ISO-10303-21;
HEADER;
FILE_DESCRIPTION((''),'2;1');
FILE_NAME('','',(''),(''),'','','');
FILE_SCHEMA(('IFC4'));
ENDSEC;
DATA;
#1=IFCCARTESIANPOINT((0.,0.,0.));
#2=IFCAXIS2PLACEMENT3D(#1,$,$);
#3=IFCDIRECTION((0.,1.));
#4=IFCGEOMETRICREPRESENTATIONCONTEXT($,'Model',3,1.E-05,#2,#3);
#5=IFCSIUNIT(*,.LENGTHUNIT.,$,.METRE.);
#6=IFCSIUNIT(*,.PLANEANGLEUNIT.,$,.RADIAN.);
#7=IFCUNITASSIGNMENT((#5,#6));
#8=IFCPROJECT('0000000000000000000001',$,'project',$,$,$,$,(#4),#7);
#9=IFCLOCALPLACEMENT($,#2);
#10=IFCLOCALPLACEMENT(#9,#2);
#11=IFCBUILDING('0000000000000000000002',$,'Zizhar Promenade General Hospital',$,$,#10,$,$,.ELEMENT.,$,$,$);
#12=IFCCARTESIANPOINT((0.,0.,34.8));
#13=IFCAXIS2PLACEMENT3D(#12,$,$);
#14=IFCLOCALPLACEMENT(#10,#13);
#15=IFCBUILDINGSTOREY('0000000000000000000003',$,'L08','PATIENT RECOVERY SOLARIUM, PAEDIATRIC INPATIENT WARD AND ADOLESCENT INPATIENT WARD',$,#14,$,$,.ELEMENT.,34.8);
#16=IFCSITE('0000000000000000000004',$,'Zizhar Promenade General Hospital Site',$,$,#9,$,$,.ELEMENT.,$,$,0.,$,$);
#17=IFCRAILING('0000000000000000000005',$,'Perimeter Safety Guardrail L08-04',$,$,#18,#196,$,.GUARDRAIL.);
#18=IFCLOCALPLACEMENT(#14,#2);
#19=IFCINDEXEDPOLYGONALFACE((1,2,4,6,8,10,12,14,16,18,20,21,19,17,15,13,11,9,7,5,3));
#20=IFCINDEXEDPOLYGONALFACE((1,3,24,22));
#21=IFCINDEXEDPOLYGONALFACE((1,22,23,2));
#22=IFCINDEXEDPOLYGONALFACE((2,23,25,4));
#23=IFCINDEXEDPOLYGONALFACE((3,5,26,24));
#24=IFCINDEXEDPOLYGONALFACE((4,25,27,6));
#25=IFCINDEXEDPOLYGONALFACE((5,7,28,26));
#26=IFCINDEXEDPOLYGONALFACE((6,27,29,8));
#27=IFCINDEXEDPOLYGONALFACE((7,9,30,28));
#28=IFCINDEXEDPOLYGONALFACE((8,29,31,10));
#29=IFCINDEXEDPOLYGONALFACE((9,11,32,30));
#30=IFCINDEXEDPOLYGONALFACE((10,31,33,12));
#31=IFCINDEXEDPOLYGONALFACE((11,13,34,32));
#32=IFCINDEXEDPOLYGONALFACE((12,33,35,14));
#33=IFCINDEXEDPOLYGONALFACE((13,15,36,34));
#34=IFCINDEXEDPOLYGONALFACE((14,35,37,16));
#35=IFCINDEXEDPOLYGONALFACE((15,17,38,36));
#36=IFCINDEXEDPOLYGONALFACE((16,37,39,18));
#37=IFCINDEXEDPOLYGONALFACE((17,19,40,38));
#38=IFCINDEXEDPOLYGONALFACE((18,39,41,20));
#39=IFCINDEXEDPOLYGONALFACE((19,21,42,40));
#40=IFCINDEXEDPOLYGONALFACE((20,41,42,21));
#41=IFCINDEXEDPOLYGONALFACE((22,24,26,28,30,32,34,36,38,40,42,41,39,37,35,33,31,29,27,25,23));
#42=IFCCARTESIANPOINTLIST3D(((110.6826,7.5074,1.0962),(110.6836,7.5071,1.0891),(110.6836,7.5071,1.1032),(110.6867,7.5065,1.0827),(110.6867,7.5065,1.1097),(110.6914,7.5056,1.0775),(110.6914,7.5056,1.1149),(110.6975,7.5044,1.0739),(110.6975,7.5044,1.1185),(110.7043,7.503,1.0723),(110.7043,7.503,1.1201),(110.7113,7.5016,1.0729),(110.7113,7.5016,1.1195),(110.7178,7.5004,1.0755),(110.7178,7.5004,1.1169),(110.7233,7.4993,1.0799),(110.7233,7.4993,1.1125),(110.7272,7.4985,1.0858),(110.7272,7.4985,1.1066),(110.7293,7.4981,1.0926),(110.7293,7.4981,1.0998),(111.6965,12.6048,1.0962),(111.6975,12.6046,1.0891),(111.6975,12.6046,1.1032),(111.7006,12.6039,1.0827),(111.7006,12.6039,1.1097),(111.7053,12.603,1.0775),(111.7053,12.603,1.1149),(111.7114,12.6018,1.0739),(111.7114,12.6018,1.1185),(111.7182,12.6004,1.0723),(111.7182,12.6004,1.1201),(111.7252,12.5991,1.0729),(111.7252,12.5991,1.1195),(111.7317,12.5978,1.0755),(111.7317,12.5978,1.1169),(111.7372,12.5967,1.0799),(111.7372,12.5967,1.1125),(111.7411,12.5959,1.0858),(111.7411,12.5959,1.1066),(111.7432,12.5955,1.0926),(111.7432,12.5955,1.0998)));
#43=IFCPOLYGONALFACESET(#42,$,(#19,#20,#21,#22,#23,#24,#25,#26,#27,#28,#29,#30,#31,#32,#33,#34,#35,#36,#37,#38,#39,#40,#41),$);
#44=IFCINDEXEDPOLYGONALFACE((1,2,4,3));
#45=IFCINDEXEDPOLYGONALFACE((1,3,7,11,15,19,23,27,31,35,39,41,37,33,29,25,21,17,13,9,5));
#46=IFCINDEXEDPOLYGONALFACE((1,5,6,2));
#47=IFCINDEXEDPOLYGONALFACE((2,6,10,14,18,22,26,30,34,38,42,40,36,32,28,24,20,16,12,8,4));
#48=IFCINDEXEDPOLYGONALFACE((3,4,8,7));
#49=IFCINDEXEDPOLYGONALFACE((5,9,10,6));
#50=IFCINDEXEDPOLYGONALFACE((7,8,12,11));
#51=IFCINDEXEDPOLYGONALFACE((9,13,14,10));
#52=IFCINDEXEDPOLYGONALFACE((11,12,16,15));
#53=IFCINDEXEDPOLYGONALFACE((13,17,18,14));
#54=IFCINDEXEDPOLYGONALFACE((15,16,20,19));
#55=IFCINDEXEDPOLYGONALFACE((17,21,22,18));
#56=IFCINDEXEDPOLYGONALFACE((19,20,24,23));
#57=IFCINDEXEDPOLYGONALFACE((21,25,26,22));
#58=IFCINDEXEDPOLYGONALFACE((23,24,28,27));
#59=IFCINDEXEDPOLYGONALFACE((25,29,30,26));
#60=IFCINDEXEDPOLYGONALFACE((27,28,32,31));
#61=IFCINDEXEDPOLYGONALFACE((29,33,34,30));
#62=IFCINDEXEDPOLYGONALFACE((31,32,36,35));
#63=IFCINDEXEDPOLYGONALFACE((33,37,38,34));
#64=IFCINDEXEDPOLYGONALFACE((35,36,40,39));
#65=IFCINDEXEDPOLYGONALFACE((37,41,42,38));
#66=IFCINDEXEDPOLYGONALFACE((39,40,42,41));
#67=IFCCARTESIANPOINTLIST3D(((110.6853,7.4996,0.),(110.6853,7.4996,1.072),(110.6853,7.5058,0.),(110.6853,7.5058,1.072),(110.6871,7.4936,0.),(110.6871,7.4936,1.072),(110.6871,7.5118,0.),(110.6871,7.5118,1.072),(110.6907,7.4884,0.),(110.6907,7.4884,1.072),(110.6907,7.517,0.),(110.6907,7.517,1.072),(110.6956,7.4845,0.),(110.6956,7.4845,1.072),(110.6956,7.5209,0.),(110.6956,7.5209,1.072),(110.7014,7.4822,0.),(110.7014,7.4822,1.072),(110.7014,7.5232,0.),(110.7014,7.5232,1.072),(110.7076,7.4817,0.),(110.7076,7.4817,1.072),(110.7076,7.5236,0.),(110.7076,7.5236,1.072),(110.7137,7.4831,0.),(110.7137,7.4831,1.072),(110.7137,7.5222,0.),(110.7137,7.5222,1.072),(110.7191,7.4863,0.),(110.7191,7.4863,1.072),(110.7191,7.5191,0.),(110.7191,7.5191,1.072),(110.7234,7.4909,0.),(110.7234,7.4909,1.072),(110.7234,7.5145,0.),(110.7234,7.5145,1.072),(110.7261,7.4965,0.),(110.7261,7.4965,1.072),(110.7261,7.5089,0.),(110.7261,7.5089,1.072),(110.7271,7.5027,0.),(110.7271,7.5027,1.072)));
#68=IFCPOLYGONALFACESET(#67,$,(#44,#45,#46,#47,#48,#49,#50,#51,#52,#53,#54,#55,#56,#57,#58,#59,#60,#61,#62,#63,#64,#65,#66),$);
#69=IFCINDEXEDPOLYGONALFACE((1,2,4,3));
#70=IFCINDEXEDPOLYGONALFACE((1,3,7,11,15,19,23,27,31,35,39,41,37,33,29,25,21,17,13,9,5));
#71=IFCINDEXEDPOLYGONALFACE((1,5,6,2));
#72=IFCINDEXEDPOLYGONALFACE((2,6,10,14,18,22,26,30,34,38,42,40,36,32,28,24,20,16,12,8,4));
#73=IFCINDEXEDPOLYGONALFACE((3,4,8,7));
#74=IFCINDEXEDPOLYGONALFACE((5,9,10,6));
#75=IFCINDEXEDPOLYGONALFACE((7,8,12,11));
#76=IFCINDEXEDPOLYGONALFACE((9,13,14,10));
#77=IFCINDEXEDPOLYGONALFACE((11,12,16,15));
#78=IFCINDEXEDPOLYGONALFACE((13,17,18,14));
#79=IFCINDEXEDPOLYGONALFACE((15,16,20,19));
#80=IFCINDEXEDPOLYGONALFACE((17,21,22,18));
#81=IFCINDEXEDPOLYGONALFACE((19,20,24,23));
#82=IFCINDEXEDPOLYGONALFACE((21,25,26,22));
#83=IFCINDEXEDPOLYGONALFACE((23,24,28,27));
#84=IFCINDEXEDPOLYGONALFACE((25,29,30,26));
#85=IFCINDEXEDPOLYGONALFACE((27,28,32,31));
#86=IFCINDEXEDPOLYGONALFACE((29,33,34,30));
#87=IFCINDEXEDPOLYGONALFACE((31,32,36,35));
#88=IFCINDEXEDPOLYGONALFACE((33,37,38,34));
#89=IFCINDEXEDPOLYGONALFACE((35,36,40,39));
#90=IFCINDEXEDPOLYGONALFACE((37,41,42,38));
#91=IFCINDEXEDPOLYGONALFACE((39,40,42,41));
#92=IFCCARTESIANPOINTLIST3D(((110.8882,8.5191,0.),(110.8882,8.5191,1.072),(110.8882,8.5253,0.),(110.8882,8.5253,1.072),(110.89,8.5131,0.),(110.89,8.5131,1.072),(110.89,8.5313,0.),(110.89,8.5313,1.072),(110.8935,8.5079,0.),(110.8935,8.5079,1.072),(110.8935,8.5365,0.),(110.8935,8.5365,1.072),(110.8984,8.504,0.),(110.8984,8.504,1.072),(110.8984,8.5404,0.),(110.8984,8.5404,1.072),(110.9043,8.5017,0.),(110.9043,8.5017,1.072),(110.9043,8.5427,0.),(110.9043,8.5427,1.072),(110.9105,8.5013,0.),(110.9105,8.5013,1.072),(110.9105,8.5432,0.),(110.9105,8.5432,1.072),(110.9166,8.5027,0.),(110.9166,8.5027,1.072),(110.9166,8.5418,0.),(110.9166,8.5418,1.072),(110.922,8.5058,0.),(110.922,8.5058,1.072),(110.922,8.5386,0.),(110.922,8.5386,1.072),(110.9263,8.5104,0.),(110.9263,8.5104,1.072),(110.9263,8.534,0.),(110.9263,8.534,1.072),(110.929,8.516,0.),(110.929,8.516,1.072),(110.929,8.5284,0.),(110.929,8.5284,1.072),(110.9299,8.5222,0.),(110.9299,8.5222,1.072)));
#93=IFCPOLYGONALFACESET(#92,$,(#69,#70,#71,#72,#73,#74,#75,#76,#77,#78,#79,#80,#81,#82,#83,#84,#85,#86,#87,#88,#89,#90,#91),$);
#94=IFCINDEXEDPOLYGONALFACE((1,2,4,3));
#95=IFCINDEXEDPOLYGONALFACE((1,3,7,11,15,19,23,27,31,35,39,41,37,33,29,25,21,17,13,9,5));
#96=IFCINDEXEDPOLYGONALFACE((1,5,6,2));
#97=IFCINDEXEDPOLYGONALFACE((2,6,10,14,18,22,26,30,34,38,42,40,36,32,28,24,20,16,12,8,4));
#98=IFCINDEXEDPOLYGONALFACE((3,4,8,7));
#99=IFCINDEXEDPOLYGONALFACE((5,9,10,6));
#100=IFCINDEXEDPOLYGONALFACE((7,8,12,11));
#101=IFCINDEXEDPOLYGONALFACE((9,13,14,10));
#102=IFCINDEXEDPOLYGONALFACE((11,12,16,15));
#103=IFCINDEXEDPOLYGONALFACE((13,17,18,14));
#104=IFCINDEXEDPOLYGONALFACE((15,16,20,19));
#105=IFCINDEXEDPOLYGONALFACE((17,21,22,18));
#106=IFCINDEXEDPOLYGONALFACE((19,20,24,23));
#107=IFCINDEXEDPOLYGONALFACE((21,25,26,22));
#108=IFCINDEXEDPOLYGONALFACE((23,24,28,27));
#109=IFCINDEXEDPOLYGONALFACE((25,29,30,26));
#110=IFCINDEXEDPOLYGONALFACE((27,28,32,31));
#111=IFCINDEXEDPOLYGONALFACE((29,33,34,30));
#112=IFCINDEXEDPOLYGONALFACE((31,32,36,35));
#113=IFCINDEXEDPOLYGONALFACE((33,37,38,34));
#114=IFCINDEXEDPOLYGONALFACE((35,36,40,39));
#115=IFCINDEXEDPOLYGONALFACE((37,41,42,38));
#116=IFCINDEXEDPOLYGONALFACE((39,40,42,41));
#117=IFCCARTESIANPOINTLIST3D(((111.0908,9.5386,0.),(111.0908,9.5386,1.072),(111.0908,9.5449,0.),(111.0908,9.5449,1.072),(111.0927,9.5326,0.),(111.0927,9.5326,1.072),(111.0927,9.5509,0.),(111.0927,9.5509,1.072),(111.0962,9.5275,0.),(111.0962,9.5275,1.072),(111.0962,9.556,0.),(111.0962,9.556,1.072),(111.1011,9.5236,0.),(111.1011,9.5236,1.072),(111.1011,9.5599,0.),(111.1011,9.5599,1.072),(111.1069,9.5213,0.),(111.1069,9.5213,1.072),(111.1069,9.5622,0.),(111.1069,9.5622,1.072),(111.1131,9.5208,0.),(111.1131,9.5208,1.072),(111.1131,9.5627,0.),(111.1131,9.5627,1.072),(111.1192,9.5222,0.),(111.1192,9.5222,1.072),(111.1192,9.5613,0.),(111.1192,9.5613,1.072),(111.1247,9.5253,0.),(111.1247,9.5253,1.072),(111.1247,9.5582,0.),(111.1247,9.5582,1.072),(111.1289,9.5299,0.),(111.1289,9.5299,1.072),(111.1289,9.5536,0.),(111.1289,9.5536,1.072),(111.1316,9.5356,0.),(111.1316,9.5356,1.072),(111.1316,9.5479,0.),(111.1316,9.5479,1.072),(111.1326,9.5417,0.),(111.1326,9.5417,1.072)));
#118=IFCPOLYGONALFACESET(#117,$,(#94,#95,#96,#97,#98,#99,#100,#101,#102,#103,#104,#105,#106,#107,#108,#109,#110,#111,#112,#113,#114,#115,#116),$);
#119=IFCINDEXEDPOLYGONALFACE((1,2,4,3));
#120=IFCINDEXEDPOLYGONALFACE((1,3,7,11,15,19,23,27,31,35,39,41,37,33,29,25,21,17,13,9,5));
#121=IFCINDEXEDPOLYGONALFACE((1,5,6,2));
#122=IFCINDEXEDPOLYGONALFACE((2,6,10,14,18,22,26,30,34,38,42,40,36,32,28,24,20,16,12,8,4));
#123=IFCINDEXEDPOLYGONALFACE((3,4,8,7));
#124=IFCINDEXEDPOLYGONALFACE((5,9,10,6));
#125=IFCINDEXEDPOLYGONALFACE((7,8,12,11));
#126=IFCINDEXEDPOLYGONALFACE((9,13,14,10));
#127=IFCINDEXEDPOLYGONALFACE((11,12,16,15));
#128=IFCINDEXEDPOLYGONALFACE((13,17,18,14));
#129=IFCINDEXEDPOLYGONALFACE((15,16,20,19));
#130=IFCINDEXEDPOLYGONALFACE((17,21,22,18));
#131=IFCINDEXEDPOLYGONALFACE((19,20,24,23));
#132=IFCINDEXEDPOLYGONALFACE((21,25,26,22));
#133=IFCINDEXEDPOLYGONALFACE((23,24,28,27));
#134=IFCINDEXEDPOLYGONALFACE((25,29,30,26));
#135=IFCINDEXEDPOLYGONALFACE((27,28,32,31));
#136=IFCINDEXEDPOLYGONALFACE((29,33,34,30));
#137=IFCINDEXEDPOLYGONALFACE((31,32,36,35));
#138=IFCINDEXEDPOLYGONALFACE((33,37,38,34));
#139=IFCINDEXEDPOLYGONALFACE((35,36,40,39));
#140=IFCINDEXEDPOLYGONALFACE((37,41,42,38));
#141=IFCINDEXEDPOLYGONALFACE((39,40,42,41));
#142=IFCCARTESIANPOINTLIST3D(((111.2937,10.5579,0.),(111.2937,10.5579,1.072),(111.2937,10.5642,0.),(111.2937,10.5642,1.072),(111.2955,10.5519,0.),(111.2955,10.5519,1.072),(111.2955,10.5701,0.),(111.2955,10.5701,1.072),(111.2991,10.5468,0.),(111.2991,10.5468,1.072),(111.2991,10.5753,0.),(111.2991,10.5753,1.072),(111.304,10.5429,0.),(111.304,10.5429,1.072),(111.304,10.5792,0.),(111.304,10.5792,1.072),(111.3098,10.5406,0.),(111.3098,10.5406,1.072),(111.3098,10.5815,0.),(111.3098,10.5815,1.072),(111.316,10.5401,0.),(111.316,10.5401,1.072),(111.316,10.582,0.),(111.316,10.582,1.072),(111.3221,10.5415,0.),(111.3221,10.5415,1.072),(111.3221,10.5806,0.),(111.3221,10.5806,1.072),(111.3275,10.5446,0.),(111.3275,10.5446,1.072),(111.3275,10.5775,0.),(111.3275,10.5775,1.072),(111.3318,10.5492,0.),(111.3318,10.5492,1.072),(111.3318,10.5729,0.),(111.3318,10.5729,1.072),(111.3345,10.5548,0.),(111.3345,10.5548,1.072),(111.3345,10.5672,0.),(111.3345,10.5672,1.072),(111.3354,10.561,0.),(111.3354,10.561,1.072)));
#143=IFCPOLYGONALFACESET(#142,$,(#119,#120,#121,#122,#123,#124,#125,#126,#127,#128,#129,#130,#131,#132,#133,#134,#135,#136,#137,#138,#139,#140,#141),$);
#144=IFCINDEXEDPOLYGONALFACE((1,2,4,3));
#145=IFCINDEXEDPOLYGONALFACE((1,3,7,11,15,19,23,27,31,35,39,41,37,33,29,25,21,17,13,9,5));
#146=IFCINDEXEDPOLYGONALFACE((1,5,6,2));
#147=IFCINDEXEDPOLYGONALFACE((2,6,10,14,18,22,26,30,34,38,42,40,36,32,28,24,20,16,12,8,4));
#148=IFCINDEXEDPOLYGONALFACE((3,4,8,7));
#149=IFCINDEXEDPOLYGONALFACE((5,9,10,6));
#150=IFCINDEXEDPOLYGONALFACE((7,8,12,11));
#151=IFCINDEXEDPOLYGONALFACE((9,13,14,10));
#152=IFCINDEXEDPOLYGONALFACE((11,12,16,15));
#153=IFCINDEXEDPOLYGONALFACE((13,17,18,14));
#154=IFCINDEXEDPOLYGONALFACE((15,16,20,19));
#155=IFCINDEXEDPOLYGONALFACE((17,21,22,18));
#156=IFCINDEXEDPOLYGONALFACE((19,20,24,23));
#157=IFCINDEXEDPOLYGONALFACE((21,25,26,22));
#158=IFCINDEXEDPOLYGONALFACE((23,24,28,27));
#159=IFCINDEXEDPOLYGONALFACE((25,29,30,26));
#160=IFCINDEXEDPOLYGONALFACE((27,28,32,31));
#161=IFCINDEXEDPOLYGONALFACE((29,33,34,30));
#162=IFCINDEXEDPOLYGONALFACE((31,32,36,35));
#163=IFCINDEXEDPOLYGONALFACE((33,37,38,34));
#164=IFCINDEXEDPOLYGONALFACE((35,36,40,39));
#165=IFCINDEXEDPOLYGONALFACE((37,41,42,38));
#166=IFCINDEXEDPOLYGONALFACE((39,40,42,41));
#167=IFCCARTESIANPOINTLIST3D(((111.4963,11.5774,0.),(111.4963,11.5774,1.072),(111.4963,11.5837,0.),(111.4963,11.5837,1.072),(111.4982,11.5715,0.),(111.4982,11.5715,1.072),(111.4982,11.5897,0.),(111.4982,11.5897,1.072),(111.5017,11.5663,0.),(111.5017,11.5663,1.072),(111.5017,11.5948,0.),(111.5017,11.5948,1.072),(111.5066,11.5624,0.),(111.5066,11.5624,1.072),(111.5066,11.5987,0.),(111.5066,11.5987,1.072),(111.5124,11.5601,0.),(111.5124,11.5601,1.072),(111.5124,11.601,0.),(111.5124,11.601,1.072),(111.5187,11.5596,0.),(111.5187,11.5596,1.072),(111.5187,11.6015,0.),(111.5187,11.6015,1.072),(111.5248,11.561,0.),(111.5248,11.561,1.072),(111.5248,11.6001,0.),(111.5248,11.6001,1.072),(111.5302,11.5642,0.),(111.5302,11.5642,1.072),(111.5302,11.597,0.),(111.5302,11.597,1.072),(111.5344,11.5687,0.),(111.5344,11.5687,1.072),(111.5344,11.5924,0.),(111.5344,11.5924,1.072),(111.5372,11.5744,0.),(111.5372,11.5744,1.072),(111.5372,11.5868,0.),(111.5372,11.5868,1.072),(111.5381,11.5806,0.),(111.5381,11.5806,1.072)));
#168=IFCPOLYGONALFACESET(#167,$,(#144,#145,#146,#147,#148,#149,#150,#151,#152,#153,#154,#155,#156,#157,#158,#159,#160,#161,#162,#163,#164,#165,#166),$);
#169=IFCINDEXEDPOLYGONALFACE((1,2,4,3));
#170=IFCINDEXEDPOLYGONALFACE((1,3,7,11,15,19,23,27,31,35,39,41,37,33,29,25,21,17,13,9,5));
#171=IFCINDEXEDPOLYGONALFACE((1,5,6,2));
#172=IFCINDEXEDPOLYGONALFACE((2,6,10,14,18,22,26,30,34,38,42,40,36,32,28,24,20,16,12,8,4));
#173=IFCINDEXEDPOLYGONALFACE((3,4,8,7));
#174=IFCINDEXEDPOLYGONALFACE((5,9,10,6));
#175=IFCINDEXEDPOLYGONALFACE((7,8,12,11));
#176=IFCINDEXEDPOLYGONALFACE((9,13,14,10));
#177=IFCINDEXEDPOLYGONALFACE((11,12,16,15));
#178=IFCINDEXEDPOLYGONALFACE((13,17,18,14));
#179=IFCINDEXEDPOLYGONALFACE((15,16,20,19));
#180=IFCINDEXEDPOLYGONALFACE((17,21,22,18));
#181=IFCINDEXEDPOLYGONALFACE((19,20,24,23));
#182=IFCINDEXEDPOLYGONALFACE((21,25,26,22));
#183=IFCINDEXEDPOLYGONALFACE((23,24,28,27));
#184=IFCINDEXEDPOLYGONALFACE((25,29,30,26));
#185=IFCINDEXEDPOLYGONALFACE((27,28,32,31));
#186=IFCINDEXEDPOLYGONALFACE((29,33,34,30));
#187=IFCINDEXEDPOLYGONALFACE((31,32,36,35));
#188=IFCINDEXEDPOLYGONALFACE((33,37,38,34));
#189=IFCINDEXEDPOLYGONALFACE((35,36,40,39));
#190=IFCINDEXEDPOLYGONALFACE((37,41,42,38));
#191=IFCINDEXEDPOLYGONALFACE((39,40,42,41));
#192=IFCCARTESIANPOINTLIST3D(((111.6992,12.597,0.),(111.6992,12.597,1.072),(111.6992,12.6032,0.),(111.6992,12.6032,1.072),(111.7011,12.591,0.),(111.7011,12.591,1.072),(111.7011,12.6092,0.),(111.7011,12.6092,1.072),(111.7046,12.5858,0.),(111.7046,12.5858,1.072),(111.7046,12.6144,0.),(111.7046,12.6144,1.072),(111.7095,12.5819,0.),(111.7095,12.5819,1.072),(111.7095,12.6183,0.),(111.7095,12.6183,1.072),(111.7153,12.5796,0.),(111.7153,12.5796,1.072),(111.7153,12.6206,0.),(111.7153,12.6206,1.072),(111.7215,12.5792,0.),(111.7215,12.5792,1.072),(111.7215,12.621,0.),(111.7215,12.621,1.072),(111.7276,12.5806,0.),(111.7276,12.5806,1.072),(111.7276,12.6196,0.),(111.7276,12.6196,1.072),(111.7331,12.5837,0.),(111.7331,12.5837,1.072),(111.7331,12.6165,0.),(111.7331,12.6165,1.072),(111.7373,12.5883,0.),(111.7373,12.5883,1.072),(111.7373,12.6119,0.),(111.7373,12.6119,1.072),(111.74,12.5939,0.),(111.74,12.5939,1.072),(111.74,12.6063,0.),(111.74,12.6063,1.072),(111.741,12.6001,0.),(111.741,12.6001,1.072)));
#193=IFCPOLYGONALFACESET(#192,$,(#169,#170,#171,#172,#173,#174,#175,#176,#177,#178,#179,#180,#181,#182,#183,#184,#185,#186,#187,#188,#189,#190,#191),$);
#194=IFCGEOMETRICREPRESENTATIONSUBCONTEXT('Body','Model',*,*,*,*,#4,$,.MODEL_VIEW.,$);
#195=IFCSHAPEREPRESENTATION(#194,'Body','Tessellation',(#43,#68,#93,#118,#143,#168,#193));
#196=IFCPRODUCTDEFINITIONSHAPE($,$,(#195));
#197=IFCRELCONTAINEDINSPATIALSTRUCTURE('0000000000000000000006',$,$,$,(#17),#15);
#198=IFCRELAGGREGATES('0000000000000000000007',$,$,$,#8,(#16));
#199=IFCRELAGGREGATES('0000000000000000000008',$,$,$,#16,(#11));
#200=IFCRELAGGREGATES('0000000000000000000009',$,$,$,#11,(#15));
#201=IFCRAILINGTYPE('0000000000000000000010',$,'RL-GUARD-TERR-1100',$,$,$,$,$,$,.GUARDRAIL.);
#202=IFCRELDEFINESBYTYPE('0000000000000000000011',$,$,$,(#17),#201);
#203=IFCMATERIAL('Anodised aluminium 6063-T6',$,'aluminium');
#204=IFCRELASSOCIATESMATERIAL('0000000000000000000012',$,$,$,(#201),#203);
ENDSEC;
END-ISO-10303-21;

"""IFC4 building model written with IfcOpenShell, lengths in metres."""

from ifc_helpers import new_model, si_unit, direction, frame, origin, origin_2d, place, context, subcontext, project, spatial, circle, hollow_circle, extrude, material, material_profile, profile_set, type_object, element, save


model = new_model("IFC4")

# Units and contexts
model_context = context("Model", 3, precision=1e-05, world=origin(), true_north=direction((0.0, 1.0)))
body_context = subcontext(model_context, "Body", "Model", "MODEL_VIEW")
ifc_project = project(units=[si_unit("LENGTHUNIT", "METRE"), si_unit("PLANEANGLEUNIT", "RADIAN")], contexts=[model_context])

# Site, building, storey
site_placement = place(None, origin())
site = spatial("IfcSite", under=ifc_project, at=site_placement, Name="Zizhar Promenade General Hospital Site", CompositionType="ELEMENT", RefElevation=0.0)
building_placement = place(site_placement, origin())
building = spatial("IfcBuilding", under=site, at=building_placement, Name="Zizhar Promenade General Hospital", CompositionType="ELEMENT")
storey_placement = place(building_placement, frame((0.0, 0.0, 34.8)))
storey = spatial("IfcBuildingStorey", under=building, at=storey_placement, Name="L08", Description="PATIENT RECOVERY SOLARIUM, PAEDIATRIC INPATIENT WARD AND ADOLESCENT INPATIENT WARD", CompositionType="ELEMENT", Elevation=34.8)

# Railing
ifc_material_1 = material(Name="Anodised aluminium 6063-T6", Category="aluminium")
ifc_material_profile_1 = material_profile(ifc_material_1, hollow_circle(Radius=0.0698, WallThickness=0.0063, at=origin_2d()))
ifc_profile_set_1 = profile_set([ifc_material_profile_1], Name="Anodised aluminium 6063-T6")
railing_type = type_object("IfcRailingType", Name="RL-GUARD-TERR-1100", PredefinedType="GUARDRAIL", material=ifc_profile_set_1)
railing_1_placement = place(storey_placement, frame((110.7061, 7.5027, 0.0)))
element("IfcRailing", 1, at=railing_1_placement, inside=storey, type_object=railing_type, Name="Perimeter Safety Guardrail L08-04", PredefinedType="GUARDRAIL", context=body_context, shape_type="SweptSolid", body=[
    extrude(circle(Radius=0.0239, at=origin_2d()), frame((0.0, 0.0, 1.0962), z_axis=(0.195086, 0.980786, 0.0), x_axis=(-0.980786, 0.195086, 0.0)), (0.0, 0.0, 1.0), 5.1973),
    extrude(circle(Radius=0.021, at=origin_2d()), origin(), (0.0, 0.0, 1.0), 1.072),
    extrude(circle(Radius=0.021, at=origin_2d()), frame((0.2029, 1.0195, 0.0)), (0.0, 0.0, 1.0), 1.072),
    extrude(circle(Radius=0.021, at=origin_2d()), frame((0.4055, 2.0391, 0.0)), (0.0, 0.0, 1.0), 1.072),
    extrude(circle(Radius=0.021, at=origin_2d()), frame((0.6084, 3.0583, 0.0)), (0.0, 0.0, 1.0), 1.072),
    extrude(circle(Radius=0.021, at=origin_2d()), frame((0.811, 4.0779, 0.0)), (0.0, 0.0, 1.0), 1.072),
    extrude(circle(Radius=0.021, at=origin_2d()), frame((1.0139, 5.0974, 0.0)), (0.0, 0.0, 1.0), 1.072),
])

save(model, "model.ifc")
